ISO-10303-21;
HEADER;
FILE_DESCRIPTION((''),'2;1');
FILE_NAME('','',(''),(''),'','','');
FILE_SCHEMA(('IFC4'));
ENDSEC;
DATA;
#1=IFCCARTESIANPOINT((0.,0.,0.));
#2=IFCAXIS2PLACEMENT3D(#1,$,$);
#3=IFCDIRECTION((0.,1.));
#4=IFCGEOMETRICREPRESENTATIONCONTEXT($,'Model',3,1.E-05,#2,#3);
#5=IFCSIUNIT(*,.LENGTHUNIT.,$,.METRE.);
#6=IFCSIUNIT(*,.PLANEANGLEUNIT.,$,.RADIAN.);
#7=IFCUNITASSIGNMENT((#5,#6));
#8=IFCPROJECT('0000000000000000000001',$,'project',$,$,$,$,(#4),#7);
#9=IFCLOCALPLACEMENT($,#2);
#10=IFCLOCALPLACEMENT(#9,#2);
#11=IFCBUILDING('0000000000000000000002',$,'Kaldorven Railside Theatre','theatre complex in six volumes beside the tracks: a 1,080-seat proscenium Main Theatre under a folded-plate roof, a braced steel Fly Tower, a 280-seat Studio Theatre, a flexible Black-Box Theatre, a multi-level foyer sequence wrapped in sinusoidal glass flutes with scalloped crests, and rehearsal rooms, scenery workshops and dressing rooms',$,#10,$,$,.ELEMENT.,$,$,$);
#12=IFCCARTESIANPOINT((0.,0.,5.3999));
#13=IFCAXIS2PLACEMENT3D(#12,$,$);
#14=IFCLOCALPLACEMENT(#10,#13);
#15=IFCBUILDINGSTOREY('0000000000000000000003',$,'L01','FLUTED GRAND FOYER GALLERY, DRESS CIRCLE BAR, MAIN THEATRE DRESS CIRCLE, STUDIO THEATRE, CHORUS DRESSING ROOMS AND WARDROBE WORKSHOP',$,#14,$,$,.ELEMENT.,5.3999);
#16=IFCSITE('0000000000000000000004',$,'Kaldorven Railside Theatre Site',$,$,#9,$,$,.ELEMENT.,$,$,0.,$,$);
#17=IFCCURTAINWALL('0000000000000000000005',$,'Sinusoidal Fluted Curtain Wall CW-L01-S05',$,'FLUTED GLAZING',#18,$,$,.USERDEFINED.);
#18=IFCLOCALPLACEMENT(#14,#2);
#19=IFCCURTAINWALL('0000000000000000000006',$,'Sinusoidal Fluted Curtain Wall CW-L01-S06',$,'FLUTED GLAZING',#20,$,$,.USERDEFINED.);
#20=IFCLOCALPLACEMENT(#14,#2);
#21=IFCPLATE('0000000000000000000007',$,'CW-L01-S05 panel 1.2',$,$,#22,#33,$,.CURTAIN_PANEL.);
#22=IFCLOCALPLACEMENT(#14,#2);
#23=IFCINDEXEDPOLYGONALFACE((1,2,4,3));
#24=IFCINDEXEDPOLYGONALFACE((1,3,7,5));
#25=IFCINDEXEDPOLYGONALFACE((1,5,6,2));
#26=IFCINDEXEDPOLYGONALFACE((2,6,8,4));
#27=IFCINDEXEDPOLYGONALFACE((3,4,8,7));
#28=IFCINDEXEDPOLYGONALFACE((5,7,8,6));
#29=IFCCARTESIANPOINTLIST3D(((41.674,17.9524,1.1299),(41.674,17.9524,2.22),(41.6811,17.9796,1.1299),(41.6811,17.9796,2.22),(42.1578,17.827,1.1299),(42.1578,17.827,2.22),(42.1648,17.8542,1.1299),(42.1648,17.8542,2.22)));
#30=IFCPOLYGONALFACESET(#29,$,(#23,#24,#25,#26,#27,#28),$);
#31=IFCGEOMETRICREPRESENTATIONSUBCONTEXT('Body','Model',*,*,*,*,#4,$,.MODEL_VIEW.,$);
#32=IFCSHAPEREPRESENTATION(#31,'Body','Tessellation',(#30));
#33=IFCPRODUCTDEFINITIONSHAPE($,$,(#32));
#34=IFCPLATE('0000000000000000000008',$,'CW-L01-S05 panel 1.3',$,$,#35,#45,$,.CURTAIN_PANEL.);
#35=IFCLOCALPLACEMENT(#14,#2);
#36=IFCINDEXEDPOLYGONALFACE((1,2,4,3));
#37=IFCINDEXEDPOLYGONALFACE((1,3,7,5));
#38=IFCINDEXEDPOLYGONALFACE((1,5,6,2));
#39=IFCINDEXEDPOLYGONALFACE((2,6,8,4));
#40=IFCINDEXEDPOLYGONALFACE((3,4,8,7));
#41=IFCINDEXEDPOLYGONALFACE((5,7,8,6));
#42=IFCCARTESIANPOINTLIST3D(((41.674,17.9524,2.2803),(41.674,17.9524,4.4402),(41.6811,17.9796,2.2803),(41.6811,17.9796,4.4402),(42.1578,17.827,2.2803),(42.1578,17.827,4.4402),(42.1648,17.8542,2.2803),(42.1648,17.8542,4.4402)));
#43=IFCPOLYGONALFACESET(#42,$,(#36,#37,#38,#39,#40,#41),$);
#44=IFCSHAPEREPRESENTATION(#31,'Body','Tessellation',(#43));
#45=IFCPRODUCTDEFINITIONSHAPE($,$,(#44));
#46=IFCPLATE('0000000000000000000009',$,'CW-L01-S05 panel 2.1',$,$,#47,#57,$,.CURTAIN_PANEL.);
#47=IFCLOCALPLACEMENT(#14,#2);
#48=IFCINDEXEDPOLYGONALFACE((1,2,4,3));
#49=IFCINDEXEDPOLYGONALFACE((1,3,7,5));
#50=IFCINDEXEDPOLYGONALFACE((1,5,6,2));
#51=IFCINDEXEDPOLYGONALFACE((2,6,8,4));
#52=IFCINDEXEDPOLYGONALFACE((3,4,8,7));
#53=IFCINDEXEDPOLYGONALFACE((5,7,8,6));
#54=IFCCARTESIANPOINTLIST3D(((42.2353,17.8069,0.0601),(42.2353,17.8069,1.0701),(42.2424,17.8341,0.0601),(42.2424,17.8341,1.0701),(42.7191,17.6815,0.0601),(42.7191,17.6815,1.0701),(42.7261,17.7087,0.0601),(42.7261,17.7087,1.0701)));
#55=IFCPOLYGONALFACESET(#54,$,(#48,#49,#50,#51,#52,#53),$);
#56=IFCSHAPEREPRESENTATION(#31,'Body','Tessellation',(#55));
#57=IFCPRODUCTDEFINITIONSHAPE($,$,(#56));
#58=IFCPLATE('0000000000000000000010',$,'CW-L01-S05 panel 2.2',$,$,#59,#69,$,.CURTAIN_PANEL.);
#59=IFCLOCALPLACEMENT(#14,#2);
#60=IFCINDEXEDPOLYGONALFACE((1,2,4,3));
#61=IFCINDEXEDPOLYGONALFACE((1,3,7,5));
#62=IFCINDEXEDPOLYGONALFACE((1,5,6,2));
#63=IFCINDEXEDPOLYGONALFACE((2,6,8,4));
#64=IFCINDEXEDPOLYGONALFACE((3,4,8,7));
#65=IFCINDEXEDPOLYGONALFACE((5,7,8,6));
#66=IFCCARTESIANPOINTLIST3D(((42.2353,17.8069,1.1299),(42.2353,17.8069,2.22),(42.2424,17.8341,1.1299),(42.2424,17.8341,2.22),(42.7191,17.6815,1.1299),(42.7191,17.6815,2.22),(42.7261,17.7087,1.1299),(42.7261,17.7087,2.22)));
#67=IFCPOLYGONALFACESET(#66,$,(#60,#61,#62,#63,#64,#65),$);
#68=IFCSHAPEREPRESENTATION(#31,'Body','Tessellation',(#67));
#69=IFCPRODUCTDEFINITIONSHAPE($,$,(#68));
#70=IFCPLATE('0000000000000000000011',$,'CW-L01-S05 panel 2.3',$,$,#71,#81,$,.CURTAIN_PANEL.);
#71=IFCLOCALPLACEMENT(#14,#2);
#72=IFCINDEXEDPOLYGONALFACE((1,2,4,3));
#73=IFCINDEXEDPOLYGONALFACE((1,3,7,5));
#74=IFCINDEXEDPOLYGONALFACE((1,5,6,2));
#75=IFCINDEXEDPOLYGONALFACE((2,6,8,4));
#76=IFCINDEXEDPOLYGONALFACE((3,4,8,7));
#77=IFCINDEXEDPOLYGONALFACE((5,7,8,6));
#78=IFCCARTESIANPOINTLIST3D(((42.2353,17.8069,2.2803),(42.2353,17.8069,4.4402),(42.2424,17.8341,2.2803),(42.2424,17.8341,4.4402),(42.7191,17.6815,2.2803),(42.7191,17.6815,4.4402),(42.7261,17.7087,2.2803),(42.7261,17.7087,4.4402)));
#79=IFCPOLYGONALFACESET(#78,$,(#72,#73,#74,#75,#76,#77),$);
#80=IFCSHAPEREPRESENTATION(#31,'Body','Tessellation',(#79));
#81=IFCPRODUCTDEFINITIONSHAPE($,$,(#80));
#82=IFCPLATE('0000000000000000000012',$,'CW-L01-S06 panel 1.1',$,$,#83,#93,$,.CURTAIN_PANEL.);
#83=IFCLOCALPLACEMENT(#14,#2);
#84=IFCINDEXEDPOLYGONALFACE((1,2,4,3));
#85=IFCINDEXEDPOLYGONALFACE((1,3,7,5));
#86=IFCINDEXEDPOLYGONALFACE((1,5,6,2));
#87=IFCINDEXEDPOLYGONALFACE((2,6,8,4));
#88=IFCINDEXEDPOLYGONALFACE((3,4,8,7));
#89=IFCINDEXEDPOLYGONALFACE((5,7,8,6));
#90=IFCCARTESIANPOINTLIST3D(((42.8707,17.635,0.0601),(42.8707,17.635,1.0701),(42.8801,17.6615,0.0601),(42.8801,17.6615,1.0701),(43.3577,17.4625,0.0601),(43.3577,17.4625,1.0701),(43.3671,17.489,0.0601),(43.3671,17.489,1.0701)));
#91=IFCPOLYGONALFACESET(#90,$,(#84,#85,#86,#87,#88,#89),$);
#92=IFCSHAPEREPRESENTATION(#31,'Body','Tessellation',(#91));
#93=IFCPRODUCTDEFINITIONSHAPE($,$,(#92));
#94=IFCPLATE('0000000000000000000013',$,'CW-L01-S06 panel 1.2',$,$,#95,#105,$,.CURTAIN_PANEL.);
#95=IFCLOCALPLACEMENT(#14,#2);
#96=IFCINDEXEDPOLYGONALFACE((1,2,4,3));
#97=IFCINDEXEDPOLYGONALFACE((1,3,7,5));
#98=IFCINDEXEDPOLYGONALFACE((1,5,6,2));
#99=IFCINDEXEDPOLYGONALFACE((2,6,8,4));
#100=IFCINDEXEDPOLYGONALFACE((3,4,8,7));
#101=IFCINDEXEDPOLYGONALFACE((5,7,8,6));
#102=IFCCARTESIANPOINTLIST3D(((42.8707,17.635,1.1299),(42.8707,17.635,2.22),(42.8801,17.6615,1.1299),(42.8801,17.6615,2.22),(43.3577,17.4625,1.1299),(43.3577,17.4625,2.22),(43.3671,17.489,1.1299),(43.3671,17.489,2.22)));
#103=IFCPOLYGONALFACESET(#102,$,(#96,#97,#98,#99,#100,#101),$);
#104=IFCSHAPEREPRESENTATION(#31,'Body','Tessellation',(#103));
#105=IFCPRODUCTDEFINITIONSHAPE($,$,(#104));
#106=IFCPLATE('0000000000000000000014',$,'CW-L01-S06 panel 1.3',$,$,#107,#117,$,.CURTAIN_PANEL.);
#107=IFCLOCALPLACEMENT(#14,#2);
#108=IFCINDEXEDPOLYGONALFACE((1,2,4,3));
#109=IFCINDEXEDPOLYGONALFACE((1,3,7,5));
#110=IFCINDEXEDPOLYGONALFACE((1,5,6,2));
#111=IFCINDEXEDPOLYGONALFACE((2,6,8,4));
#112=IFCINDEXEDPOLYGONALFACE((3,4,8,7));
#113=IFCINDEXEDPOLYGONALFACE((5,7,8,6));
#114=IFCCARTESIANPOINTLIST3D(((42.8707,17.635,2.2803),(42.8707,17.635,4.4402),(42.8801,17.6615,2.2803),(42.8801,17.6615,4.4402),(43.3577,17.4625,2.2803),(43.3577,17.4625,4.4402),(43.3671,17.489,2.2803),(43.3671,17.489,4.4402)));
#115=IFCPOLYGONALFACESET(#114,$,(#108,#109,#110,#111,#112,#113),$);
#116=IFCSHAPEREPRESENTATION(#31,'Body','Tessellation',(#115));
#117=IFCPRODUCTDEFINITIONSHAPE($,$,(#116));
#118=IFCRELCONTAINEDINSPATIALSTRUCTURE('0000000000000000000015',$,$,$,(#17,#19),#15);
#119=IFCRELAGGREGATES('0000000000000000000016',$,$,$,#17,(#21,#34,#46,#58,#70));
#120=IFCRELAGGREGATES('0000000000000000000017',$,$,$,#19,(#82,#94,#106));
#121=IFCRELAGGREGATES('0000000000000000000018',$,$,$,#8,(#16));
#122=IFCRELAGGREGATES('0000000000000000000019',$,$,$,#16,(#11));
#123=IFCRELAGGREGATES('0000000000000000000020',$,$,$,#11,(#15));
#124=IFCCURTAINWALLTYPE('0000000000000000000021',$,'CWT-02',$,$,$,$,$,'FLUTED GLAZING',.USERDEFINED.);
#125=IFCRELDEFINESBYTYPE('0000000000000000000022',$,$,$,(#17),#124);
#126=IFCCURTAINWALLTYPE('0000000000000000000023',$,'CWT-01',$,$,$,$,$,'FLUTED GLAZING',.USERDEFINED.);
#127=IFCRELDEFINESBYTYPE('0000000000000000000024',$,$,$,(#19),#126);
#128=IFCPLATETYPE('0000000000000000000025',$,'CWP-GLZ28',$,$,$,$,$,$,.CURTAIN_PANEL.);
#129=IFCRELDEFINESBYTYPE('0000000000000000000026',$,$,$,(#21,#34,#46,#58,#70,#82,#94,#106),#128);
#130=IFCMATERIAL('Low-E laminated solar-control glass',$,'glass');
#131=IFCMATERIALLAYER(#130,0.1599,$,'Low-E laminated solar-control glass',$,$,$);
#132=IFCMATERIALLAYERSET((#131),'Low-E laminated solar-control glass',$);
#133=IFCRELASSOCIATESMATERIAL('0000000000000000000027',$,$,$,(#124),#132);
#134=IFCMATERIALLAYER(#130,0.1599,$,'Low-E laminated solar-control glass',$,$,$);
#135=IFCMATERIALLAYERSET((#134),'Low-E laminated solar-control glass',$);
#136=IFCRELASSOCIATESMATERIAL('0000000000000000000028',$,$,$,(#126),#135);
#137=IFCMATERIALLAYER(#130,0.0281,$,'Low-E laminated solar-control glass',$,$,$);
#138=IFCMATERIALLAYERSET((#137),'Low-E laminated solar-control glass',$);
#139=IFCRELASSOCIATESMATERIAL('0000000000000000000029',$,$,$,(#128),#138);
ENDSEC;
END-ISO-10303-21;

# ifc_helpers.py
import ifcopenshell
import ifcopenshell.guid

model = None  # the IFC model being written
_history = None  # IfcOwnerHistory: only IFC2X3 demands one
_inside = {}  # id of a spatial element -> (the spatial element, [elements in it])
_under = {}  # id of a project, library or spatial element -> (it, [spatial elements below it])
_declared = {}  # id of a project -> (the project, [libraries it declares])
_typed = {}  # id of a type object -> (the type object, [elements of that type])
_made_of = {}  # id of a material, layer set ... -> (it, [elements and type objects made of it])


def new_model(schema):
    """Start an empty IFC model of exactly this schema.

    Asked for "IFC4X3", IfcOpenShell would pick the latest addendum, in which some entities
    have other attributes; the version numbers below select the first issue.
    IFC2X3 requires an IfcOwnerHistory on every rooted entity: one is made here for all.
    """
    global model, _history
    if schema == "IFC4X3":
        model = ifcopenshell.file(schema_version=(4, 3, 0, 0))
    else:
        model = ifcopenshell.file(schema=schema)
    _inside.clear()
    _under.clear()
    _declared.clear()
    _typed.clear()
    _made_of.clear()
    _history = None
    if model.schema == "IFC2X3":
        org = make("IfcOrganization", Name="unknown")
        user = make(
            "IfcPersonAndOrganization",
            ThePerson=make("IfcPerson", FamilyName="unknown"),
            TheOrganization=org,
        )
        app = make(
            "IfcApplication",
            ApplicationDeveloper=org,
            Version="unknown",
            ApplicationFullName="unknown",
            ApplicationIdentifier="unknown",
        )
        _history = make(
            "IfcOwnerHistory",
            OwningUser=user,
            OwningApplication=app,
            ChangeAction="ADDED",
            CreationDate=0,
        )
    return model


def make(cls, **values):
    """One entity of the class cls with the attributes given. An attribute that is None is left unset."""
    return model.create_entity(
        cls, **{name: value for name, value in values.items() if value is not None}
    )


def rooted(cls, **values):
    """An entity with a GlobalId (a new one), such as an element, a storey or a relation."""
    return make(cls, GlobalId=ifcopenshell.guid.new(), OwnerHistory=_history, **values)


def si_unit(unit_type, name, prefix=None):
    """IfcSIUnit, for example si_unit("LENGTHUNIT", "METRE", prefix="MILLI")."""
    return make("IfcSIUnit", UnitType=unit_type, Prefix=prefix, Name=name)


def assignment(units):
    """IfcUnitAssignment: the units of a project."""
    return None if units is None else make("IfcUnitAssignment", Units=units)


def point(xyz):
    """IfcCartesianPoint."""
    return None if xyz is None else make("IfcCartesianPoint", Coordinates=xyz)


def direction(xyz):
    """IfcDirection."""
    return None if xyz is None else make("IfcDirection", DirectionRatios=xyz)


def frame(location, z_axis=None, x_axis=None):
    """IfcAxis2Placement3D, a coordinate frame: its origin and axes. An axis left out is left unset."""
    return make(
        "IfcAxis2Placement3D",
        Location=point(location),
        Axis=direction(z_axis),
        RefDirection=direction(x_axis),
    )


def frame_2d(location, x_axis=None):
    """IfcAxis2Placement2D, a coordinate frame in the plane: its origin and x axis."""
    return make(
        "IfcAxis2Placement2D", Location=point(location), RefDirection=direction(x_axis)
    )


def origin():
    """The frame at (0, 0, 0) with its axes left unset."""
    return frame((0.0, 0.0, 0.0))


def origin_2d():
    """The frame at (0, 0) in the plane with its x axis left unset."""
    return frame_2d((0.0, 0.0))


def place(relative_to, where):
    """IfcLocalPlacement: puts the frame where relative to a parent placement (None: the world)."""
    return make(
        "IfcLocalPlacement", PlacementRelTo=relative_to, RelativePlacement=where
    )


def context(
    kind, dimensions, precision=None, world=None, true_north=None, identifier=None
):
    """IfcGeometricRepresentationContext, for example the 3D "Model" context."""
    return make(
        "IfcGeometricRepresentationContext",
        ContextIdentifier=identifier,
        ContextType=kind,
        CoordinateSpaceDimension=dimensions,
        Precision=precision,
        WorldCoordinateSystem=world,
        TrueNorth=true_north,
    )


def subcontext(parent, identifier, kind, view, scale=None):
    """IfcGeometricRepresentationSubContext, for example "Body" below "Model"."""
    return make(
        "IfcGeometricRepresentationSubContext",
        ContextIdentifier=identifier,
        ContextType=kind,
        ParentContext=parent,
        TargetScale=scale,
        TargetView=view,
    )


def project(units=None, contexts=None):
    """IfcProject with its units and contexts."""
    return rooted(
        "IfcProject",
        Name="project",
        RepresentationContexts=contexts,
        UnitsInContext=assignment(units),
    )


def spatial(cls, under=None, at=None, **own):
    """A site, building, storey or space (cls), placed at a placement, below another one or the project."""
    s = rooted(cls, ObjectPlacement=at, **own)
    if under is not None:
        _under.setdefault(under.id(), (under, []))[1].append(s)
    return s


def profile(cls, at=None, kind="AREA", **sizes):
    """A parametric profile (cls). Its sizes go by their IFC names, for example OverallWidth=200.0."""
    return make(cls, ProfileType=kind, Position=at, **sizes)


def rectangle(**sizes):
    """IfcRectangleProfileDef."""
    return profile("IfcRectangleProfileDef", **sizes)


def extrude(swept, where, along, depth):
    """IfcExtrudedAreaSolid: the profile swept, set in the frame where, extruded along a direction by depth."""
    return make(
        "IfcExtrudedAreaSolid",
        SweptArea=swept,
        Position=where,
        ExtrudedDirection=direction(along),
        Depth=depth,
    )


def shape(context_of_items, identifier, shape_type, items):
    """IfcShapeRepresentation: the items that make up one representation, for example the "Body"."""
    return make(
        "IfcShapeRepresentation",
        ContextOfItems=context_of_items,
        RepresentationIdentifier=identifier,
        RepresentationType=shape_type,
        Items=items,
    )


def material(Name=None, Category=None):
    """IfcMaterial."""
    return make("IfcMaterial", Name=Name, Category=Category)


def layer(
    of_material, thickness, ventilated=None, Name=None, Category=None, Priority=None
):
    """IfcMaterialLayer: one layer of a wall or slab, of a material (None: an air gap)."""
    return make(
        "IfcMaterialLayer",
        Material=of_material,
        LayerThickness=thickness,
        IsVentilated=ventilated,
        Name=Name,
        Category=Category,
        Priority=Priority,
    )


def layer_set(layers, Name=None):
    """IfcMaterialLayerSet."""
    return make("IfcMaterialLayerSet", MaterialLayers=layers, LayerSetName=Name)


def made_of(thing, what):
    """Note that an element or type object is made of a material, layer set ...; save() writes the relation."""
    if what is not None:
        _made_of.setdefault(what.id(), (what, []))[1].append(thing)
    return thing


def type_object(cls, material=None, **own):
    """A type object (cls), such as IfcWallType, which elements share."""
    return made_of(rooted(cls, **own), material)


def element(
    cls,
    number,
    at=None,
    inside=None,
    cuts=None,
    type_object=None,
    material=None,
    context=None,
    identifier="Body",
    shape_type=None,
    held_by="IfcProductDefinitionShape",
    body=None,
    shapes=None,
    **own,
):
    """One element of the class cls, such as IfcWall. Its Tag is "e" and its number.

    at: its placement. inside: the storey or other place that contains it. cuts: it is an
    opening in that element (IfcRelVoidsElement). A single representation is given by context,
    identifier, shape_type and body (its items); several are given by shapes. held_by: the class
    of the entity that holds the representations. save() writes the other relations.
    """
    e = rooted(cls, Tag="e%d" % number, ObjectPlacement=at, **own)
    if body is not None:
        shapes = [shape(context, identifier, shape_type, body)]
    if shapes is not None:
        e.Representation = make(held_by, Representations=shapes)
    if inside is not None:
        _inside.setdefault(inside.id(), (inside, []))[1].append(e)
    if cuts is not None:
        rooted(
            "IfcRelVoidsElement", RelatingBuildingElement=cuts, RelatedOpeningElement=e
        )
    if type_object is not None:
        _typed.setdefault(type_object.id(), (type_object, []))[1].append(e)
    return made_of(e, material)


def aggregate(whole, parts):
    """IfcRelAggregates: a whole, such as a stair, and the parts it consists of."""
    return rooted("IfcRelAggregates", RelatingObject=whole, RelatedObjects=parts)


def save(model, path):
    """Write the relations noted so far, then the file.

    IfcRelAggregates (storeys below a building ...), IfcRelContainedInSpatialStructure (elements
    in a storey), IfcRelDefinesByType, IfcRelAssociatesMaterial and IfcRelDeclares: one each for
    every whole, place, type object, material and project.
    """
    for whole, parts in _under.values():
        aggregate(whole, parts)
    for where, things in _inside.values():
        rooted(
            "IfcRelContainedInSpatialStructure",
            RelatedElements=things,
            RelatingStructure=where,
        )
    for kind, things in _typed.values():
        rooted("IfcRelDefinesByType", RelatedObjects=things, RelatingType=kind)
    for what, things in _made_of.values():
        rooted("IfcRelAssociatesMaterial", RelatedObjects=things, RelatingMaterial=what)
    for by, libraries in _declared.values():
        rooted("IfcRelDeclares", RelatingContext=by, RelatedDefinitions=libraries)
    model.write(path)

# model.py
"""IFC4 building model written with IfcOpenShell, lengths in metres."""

from ifc_helpers import new_model, si_unit, direction, frame, origin, origin_2d, place, context, subcontext, project, spatial, rectangle, extrude, material, layer, layer_set, type_object, element, aggregate, save


model = new_model("IFC4")

# Units and contexts
model_context = context("Model", 3, precision=1e-05, world=origin(), true_north=direction((0.0, 1.0)))
body_context = subcontext(model_context, "Body", "Model", "MODEL_VIEW")
ifc_project = project(units=[si_unit("LENGTHUNIT", "METRE"), si_unit("PLANEANGLEUNIT", "RADIAN")], contexts=[model_context])

# Site, building, storey
site_placement = place(None, origin())
site = spatial("IfcSite", under=ifc_project, at=site_placement, Name="Kaldorven Railside Theatre Site", CompositionType="ELEMENT", RefElevation=0.0)
building_placement = place(site_placement, origin())
building = spatial("IfcBuilding", under=site, at=building_placement, Name="Kaldorven Railside Theatre", Description="theatre complex in six volumes beside the tracks: a 1,080-seat proscenium Main Theatre under a folded-plate roof, a braced steel Fly Tower, a 280-seat Studio Theatre, a flexible Black-Box Theatre, a multi-level foyer sequence wrapped in sinusoidal glass flutes with scalloped crests, and rehearsal rooms, scenery workshops and dressing rooms", CompositionType="ELEMENT")
storey_placement = place(building_placement, frame((0.0, 0.0, 5.3999)))
storey = spatial("IfcBuildingStorey", under=building, at=storey_placement, Name="L01", Description="FLUTED GRAND FOYER GALLERY, DRESS CIRCLE BAR, MAIN THEATRE DRESS CIRCLE, STUDIO THEATRE, CHORUS DRESSING ROOMS AND WARDROBE WORKSHOP", CompositionType="ELEMENT", Elevation=5.3999)

# Shared definitions
ifc_material_1 = material(Name="Low-E laminated solar-control glass", Category="glass")

# Curtain wall
ifc_layer_1 = layer(ifc_material_1, 0.1599, Name="Low-E laminated solar-control glass")
ifc_layer_set_1 = layer_set([ifc_layer_1], Name="Low-E laminated solar-control glass")
curtain_wall_type_1 = type_object("IfcCurtainWallType", Name="CWT-02", ElementType="FLUTED GLAZING", PredefinedType="USERDEFINED", material=ifc_layer_set_1)
curtain_wall_1_placement = place(storey_placement, origin())
curtain_wall_1 = element("IfcCurtainWall", 1, at=curtain_wall_1_placement, inside=storey, type_object=curtain_wall_type_1, Name="Sinusoidal Fluted Curtain Wall CW-L01-S05", ObjectType="FLUTED GLAZING", PredefinedType="USERDEFINED")

# Curtain wall
ifc_layer_2 = layer(ifc_material_1, 0.1599, Name="Low-E laminated solar-control glass")
ifc_layer_set_2 = layer_set([ifc_layer_2], Name="Low-E laminated solar-control glass")
curtain_wall_type_2 = type_object("IfcCurtainWallType", Name="CWT-01", ElementType="FLUTED GLAZING", PredefinedType="USERDEFINED", material=ifc_layer_set_2)
curtain_wall_2_placement = place(storey_placement, origin())
curtain_wall_2 = element("IfcCurtainWall", 2, at=curtain_wall_2_placement, inside=storey, type_object=curtain_wall_type_2, Name="Sinusoidal Fluted Curtain Wall CW-L01-S06", ObjectType="FLUTED GLAZING", PredefinedType="USERDEFINED")

# Plates
ifc_layer_3 = layer(ifc_material_1, 0.0281, Name="Low-E laminated solar-control glass")
ifc_layer_set_3 = layer_set([ifc_layer_3], Name="Low-E laminated solar-control glass")
plate_type = type_object("IfcPlateType", Name="CWP-GLZ28", PredefinedType="CURTAIN_PANEL", material=ifc_layer_set_3)
plate_1_placement = place(storey_placement, frame((41.9194, 17.9033, 1.1299), z_axis=(0.0, 0.0, 1.0), x_axis=(0.967999, -0.250954, 0.0)))
plate_1 = element("IfcPlate", 3, at=plate_1_placement, type_object=plate_type, Name="CW-L01-S05 panel 1.2", PredefinedType="CURTAIN_PANEL", context=body_context, shape_type="SweptSolid", body=[
    extrude(rectangle(XDim=0.4998, YDim=0.0281, at=origin_2d()), origin(), (0.0, 0.0, 1.0), 1.0901),
])
plate_2_placement = place(storey_placement, frame((41.9194, 17.9033, 2.2803), z_axis=(0.0, 0.0, 1.0), x_axis=(0.967999, -0.250954, 0.0)))
plate_2 = element("IfcPlate", 4, at=plate_2_placement, type_object=plate_type, Name="CW-L01-S05 panel 1.3", PredefinedType="CURTAIN_PANEL", context=body_context, shape_type="SweptSolid", body=[
    extrude(rectangle(XDim=0.4998, YDim=0.0281, at=origin_2d()), origin(), (0.0, 0.0, 1.0), 2.1599),
])
plate_3_placement = place(storey_placement, frame((42.4807, 17.7578, 0.0601), z_axis=(0.0, 0.0, 1.0), x_axis=(0.967999, -0.250954, 0.0)))
plate_3 = element("IfcPlate", 5, at=plate_3_placement, type_object=plate_type, Name="CW-L01-S05 panel 2.1", PredefinedType="CURTAIN_PANEL", context=body_context, shape_type="SweptSolid", body=[
    extrude(rectangle(XDim=0.4998, YDim=0.0281, at=origin_2d()), origin(), (0.0, 0.0, 1.0), 1.01),
])
plate_4_placement = place(storey_placement, frame((42.4807, 17.7578, 1.1299), z_axis=(0.0, 0.0, 1.0), x_axis=(0.967999, -0.250954, 0.0)))
plate_4 = element("IfcPlate", 6, at=plate_4_placement, type_object=plate_type, Name="CW-L01-S05 panel 2.2", PredefinedType="CURTAIN_PANEL", context=body_context, shape_type="SweptSolid", body=[
    extrude(rectangle(XDim=0.4998, YDim=0.0281, at=origin_2d()), origin(), (0.0, 0.0, 1.0), 1.0901),
])
plate_5_placement = place(storey_placement, frame((42.4807, 17.7578, 2.2803), z_axis=(0.0, 0.0, 1.0), x_axis=(0.967999, -0.250954, 0.0)))
plate_5 = element("IfcPlate", 7, at=plate_5_placement, type_object=plate_type, Name="CW-L01-S05 panel 2.3", PredefinedType="CURTAIN_PANEL", context=body_context, shape_type="SweptSolid", body=[
    extrude(rectangle(XDim=0.4998, YDim=0.0281, at=origin_2d()), origin(), (0.0, 0.0, 1.0), 2.1599),
])
aggregate(curtain_wall_1, [plate_1, plate_2, plate_3, plate_4, plate_5])
plate_6_placement = place(storey_placement, frame((43.1189, 17.562, 0.0601), z_axis=(0.0, 0.0, 1.0), x_axis=(0.942627, -0.333847, 0.0)))
plate_6 = element("IfcPlate", 8, at=plate_6_placement, type_object=plate_type, Name="CW-L01-S06 panel 1.1", PredefinedType="CURTAIN_PANEL", context=body_context, shape_type="SweptSolid", body=[
    extrude(rectangle(XDim=0.5166, YDim=0.0281, at=origin_2d()), origin(), (0.0, 0.0, 1.0), 1.01),
])
plate_7_placement = place(storey_placement, frame((43.1189, 17.562, 1.1299), z_axis=(0.0, 0.0, 1.0), x_axis=(0.942627, -0.333847, 0.0)))
plate_7 = element("IfcPlate", 9, at=plate_7_placement, type_object=plate_type, Name="CW-L01-S06 panel 1.2", PredefinedType="CURTAIN_PANEL", context=body_context, shape_type="SweptSolid", body=[
    extrude(rectangle(XDim=0.5166, YDim=0.0281, at=origin_2d()), origin(), (0.0, 0.0, 1.0), 1.0901),
])
plate_8_placement = place(storey_placement, frame((43.1189, 17.562, 2.2803), z_axis=(0.0, 0.0, 1.0), x_axis=(0.942627, -0.333847, 0.0)))
plate_8 = element("IfcPlate", 10, at=plate_8_placement, type_object=plate_type, Name="CW-L01-S06 panel 1.3", PredefinedType="CURTAIN_PANEL", context=body_context, shape_type="SweptSolid", body=[
    extrude(rectangle(XDim=0.5166, YDim=0.0281, at=origin_2d()), origin(), (0.0, 0.0, 1.0), 2.1599),
])
aggregate(curtain_wall_2, [plate_6, plate_7, plate_8])

save(model, "model.ifc")
